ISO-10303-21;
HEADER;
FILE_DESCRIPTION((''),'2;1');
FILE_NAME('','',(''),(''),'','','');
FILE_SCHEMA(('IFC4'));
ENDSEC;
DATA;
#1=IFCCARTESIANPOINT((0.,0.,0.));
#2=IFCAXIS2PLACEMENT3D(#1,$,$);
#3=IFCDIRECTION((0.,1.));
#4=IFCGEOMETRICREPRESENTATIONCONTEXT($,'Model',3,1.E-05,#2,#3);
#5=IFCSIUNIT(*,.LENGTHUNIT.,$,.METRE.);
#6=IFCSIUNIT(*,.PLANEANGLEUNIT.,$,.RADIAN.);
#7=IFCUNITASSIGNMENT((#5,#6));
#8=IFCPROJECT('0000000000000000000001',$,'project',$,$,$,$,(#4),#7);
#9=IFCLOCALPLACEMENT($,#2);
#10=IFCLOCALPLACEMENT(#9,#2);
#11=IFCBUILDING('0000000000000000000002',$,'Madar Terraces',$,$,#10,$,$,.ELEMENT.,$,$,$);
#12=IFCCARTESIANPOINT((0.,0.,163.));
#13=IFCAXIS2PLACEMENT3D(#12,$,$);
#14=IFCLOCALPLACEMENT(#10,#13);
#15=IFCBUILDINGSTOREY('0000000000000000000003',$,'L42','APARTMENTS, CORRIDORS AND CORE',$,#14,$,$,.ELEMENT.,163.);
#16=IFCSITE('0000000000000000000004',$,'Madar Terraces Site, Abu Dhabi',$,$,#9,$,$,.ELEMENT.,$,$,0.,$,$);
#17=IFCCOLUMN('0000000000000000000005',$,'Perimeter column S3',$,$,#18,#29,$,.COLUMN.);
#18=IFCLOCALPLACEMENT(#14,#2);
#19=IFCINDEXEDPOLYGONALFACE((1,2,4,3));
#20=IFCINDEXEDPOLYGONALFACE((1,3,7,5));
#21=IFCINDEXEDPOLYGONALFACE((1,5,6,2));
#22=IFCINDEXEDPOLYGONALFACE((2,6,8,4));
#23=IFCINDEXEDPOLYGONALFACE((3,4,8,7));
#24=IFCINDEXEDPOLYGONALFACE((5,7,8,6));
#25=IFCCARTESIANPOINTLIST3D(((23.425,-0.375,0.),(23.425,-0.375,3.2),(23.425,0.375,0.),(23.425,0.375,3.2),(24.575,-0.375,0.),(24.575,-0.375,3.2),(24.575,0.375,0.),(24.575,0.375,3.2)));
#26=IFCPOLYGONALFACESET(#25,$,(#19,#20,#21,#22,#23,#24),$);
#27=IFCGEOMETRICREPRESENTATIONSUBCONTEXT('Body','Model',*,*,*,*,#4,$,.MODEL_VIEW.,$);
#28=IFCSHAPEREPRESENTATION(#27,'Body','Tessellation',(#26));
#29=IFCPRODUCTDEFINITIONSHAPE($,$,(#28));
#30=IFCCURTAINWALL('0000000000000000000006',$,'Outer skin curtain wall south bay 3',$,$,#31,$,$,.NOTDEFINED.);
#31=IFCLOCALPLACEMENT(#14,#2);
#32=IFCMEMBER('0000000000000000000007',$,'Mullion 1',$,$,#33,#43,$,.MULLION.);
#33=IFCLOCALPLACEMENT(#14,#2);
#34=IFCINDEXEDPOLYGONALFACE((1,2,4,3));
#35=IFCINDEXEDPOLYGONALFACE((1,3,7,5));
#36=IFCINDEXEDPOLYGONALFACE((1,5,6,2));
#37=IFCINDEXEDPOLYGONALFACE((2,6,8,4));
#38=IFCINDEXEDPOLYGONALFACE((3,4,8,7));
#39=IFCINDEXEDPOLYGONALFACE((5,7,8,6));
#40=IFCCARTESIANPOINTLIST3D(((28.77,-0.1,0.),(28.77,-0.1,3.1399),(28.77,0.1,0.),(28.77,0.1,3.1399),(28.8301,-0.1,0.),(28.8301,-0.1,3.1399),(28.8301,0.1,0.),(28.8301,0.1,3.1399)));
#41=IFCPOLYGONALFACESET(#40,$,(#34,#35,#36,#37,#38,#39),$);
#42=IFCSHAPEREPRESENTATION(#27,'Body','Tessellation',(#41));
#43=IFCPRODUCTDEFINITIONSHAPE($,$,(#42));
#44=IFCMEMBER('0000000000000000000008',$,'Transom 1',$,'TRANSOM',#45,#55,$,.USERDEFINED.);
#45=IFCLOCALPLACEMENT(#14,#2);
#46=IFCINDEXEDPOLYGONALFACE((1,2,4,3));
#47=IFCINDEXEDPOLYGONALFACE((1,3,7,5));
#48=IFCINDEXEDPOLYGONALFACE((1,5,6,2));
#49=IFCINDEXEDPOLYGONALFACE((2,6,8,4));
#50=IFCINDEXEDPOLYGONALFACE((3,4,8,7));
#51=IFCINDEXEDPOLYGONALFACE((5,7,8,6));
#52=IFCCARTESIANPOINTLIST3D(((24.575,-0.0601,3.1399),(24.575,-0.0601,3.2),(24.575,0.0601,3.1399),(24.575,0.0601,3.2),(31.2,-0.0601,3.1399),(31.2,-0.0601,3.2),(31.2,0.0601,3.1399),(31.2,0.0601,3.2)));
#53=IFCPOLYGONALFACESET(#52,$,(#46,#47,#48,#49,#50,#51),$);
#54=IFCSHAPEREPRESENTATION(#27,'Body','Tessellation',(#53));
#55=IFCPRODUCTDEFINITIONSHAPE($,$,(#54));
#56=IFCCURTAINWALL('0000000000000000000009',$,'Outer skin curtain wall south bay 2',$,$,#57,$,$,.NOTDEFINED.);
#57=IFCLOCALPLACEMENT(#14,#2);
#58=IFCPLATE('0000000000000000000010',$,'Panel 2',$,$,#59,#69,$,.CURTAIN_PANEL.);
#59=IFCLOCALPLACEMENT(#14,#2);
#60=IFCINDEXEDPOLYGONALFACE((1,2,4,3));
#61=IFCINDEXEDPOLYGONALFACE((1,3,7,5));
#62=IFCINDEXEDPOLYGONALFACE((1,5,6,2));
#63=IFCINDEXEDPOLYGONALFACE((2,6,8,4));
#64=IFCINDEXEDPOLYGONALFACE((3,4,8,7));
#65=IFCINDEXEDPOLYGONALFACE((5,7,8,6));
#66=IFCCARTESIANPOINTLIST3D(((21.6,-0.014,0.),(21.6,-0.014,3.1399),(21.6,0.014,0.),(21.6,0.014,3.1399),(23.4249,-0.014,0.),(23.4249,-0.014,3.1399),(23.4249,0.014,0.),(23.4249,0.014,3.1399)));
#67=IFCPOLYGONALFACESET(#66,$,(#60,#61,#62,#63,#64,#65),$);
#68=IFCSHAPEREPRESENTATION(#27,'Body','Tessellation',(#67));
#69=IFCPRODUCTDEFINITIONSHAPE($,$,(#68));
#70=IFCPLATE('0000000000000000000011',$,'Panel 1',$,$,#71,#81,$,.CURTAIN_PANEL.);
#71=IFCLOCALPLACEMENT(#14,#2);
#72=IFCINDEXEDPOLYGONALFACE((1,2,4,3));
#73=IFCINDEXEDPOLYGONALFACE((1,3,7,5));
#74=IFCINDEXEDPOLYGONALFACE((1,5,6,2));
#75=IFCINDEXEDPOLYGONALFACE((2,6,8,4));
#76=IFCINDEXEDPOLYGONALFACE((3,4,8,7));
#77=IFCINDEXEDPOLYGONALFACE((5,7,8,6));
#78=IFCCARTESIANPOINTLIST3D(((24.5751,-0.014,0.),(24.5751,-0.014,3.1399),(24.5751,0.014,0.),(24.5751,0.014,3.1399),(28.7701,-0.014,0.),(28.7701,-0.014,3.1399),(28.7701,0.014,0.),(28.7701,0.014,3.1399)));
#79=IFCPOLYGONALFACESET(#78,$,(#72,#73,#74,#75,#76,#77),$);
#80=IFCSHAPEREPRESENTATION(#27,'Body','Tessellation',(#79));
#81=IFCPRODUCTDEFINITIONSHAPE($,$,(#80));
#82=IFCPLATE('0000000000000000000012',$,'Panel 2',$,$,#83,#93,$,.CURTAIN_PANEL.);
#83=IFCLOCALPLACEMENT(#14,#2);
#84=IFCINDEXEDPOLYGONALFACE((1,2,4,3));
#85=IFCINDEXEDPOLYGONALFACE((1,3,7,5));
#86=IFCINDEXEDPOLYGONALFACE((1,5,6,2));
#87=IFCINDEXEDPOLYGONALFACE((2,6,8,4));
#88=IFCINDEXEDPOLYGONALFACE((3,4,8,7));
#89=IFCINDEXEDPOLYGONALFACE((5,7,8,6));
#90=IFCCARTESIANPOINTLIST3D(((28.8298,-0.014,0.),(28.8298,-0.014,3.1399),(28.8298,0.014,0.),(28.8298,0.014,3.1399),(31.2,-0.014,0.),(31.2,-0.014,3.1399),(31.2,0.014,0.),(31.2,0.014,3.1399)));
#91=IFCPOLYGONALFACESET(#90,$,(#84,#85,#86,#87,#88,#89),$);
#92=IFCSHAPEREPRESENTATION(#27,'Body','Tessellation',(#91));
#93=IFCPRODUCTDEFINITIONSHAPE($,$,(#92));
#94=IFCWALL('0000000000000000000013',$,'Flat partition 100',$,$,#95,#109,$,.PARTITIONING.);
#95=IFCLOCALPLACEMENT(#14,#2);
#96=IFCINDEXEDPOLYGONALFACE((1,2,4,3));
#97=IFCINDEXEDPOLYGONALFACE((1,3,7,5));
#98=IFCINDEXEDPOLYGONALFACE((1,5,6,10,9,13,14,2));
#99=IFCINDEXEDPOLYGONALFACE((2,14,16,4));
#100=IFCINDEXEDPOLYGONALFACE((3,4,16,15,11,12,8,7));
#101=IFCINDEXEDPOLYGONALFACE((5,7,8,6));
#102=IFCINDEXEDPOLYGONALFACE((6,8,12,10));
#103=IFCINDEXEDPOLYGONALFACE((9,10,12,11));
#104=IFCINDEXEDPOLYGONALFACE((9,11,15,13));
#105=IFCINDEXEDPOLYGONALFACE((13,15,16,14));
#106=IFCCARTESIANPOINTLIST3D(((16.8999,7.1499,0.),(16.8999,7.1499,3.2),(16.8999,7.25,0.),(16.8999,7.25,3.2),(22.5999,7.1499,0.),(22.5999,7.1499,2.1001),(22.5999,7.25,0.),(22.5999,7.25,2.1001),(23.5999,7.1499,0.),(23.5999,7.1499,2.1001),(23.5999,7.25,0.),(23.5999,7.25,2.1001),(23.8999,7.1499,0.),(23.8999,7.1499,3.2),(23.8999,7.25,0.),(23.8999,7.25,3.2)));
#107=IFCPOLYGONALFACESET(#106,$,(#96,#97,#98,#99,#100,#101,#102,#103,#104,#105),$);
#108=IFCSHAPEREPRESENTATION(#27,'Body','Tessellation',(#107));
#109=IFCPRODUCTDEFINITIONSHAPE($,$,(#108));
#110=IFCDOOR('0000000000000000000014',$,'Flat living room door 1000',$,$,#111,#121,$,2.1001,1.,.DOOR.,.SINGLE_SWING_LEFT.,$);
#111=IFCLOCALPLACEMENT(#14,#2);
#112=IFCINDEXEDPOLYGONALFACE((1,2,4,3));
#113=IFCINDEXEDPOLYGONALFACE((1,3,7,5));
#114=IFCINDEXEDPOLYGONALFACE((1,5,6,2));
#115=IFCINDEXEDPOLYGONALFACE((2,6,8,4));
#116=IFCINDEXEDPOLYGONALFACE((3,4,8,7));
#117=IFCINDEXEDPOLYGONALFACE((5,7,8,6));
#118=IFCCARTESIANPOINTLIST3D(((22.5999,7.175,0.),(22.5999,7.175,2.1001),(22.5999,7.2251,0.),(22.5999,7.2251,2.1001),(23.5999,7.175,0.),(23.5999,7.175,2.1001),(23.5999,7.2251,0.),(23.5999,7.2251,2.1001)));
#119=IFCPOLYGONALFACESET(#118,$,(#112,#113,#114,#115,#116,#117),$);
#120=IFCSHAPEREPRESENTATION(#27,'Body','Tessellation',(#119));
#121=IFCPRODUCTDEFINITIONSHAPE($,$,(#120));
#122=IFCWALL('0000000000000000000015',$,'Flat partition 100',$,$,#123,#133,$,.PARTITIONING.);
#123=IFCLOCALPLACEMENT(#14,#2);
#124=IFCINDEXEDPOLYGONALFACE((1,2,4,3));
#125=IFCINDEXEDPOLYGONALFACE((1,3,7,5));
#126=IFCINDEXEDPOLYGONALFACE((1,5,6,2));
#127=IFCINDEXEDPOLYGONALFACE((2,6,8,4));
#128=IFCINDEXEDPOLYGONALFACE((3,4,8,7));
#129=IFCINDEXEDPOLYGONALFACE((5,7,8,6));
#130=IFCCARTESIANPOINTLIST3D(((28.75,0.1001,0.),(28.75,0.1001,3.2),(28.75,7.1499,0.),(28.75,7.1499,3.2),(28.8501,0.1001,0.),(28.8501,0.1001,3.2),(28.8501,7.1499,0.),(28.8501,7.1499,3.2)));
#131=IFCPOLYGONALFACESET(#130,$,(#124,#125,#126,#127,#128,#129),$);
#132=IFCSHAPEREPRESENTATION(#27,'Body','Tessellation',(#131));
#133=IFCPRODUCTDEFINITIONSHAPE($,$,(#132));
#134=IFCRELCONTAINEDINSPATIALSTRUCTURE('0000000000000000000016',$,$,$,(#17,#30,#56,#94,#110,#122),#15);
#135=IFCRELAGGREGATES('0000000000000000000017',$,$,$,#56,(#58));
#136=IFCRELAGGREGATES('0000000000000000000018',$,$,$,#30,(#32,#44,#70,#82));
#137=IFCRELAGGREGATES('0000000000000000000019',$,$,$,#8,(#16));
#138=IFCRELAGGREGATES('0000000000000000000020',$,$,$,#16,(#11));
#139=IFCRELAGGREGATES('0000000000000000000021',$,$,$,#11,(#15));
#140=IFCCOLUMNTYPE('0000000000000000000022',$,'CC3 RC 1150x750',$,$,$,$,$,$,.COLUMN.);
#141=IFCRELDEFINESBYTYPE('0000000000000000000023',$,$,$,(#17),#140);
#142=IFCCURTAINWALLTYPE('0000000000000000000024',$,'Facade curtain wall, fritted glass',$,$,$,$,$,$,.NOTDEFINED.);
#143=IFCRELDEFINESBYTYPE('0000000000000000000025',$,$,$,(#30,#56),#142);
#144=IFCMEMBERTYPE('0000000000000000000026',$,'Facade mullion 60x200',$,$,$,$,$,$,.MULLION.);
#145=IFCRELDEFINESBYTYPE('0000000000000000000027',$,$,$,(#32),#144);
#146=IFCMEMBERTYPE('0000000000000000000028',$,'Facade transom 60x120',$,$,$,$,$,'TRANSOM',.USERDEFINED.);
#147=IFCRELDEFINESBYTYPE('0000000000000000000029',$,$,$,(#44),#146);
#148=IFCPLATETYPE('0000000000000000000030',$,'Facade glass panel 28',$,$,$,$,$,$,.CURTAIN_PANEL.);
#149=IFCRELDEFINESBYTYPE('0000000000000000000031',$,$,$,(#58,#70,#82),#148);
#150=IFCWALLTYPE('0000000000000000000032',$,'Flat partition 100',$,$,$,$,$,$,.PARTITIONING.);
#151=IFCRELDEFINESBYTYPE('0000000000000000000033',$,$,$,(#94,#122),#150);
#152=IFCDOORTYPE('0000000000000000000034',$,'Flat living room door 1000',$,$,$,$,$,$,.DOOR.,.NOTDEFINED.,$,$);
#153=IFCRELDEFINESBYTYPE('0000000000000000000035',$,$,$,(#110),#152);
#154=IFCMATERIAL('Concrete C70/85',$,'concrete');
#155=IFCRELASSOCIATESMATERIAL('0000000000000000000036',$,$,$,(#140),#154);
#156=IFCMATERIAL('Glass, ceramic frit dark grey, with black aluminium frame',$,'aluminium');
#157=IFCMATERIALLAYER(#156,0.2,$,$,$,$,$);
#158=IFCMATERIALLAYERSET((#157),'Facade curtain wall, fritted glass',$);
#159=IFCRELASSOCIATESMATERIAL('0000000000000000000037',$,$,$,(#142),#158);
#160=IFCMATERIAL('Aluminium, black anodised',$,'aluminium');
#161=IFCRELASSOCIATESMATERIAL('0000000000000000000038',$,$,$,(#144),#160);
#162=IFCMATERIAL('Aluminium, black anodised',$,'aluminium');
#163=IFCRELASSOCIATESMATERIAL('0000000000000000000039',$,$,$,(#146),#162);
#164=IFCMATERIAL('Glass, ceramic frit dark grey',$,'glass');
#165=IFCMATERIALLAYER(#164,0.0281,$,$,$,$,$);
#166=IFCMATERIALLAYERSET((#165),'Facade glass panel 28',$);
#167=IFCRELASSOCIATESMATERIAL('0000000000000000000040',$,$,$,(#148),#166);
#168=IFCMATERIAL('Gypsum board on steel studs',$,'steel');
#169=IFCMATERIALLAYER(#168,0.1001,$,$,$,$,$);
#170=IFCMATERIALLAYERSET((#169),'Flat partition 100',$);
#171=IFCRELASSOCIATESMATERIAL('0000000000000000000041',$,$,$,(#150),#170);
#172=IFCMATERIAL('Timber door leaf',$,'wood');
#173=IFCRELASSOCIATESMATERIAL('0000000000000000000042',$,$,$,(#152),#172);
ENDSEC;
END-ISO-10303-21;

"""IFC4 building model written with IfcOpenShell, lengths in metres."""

from ifc_helpers import new_model, si_unit, direction, frame, frame_2d, origin, origin_2d, place, context, subcontext, project, spatial, rectangle, extrude, material, layer, layer_set, material_profile, profile_set, type_object, element, fill, aggregate, save


model = new_model("IFC4")

# Units and contexts
model_context = context("Model", 3, precision=1e-05, world=origin(), true_north=direction((0.0, 1.0)))
body_context = subcontext(model_context, "Body", "Model", "MODEL_VIEW")
ifc_project = project(units=[si_unit("LENGTHUNIT", "METRE"), si_unit("PLANEANGLEUNIT", "RADIAN")], contexts=[model_context])

# Site, building, storey
site_placement = place(None, origin())
site = spatial("IfcSite", under=ifc_project, at=site_placement, Name="Madar Terraces Site, Abu Dhabi", CompositionType="ELEMENT", RefElevation=0.0)
building_placement = place(site_placement, origin())
building = spatial("IfcBuilding", under=site, at=building_placement, Name="Madar Terraces", CompositionType="ELEMENT")
storey_placement = place(building_placement, frame((0.0, 0.0, 163.0)))
storey = spatial("IfcBuildingStorey", under=building, at=storey_placement, Name="L42", Description="APARTMENTS, CORRIDORS AND CORE", CompositionType="ELEMENT", Elevation=163.0)

# Column
ifc_material_1 = material(Name="Concrete C70/85", Category="concrete")
ifc_material_profile_1 = material_profile(ifc_material_1, rectangle(XDim=1.1499, YDim=0.75, at=origin_2d()), Name="CC3 RC 1150x750")
ifc_profile_set_1 = profile_set([ifc_material_profile_1], Name="Concrete C70/85")
column_type = type_object("IfcColumnType", Name="CC3 RC 1150x750", PredefinedType="COLUMN", material=ifc_profile_set_1)
column_placement = place(storey_placement, frame((24.0, 0.0, 0.0), z_axis=(0.0, 0.0, 1.0), x_axis=(1.0, 0.0, 0.0)))
element("IfcColumn", 1, at=column_placement, inside=storey, type_object=column_type, Name="Perimeter column S3", PredefinedType="COLUMN", context=body_context, shape_type="SweptSolid", body=[
    extrude(rectangle(XDim=1.1499, YDim=0.75, at=origin_2d()), origin(), (0.0, 0.0, 1.0), 3.2),
])

# Curtain wall, members
ifc_material_2 = material(Name="Glass, ceramic frit dark grey, with black aluminium frame", Category="aluminium")
ifc_layer_1 = layer(ifc_material_2, 0.2)
ifc_layer_set_1 = layer_set([ifc_layer_1], Name="Facade curtain wall, fritted glass")
curtain_wall_type = type_object("IfcCurtainWallType", Name="Facade curtain wall, fritted glass", PredefinedType="NOTDEFINED", material=ifc_layer_set_1)
curtain_wall_1_placement = place(storey_placement, origin())
curtain_wall_1 = element("IfcCurtainWall", 2, at=curtain_wall_1_placement, inside=storey, type_object=curtain_wall_type, Name="Outer skin curtain wall south bay 3", PredefinedType="NOTDEFINED")
ifc_material_3 = material(Name="Aluminium, black anodised", Category="aluminium")
ifc_material_profile_2 = material_profile(ifc_material_3, rectangle(XDim=0.2, YDim=0.0601, at=origin_2d()), Name="Facade mullion 60x200")
ifc_profile_set_2 = profile_set([ifc_material_profile_2], Name="Aluminium, black anodised")
member_type_1 = type_object("IfcMemberType", Name="Facade mullion 60x200", PredefinedType="MULLION", material=ifc_profile_set_2)
member_1_placement = place(storey_placement, frame((28.8, 0.0, 0.0), z_axis=(0.0, 0.0, 1.0), x_axis=(0.0, 1.0, 0.0)))
member_1 = element("IfcMember", 3, at=member_1_placement, type_object=member_type_1, Name="Mullion 1", PredefinedType="MULLION", context=body_context, shape_type="SweptSolid", body=[
    extrude(rectangle(XDim=0.2, YDim=0.0601, at=origin_2d()), origin(), (0.0, 0.0, 1.0), 3.1399),
])
ifc_material_4 = material(Name="Aluminium, black anodised", Category="aluminium")
ifc_material_profile_3 = material_profile(ifc_material_4, rectangle(XDim=0.1201, YDim=0.0601, at=origin_2d()), Name="Facade transom 60x120")
ifc_profile_set_3 = profile_set([ifc_material_profile_3], Name="Aluminium, black anodised")
member_type_2 = type_object("IfcMemberType", Name="Facade transom 60x120", ElementType="TRANSOM", PredefinedType="USERDEFINED", material=ifc_profile_set_3)
member_2_placement = place(storey_placement, frame((24.575, 0.0, 3.1699), z_axis=(1.0, 0.0, 0.0), x_axis=(0.0, 1.0, 0.0)))
member_2 = element("IfcMember", 4, at=member_2_placement, type_object=member_type_2, Name="Transom 1", ObjectType="TRANSOM", PredefinedType="USERDEFINED", context=body_context, shape_type="SweptSolid", body=[
    extrude(rectangle(XDim=0.1201, YDim=0.0601, at=origin_2d()), origin(), (0.0, 0.0, 1.0), 6.625),
])

# Curtain wall, plate
curtain_wall_2_placement = place(storey_placement, origin())
curtain_wall_2 = element("IfcCurtainWall", 5, at=curtain_wall_2_placement, inside=storey, type_object=curtain_wall_type, Name="Outer skin curtain wall south bay 2", PredefinedType="NOTDEFINED")
ifc_material_5 = material(Name="Glass, ceramic frit dark grey", Category="glass")
ifc_layer_2 = layer(ifc_material_5, 0.0281)
ifc_layer_set_2 = layer_set([ifc_layer_2], Name="Facade glass panel 28")
plate_type = type_object("IfcPlateType", Name="Facade glass panel 28", PredefinedType="CURTAIN_PANEL", material=ifc_layer_set_2)
plate_1_placement = place(storey_placement, frame((22.5125, 0.0, 0.0), z_axis=(0.0, 0.0, 1.0), x_axis=(1.0, 0.0, 0.0)))
plate_1 = element("IfcPlate", 6, at=plate_1_placement, type_object=plate_type, Name="Panel 2", PredefinedType="CURTAIN_PANEL", context=body_context, shape_type="SweptSolid", body=[
    extrude(rectangle(XDim=1.825, YDim=0.0281, at=origin_2d()), origin(), (0.0, 0.0, 1.0), 3.1399),
])
aggregate(curtain_wall_2, [plate_1])

# Plates
plate_2_placement = place(storey_placement, frame((26.6726, 0.0, 0.0), z_axis=(0.0, 0.0, 1.0), x_axis=(1.0, 0.0, 0.0)))
plate_2 = element("IfcPlate", 7, at=plate_2_placement, type_object=plate_type, Name="Panel 1", PredefinedType="CURTAIN_PANEL", context=body_context, shape_type="SweptSolid", body=[
    extrude(rectangle(XDim=4.1951, YDim=0.0281, at=origin_2d()), origin(), (0.0, 0.0, 1.0), 3.1399),
])
plate_3_placement = place(storey_placement, frame((30.0149, 0.0, 0.0), z_axis=(0.0, 0.0, 1.0), x_axis=(1.0, 0.0, 0.0)))
plate_3 = element("IfcPlate", 8, at=plate_3_placement, type_object=plate_type, Name="Panel 2", PredefinedType="CURTAIN_PANEL", context=body_context, shape_type="SweptSolid", body=[
    extrude(rectangle(XDim=2.3701, YDim=0.0281, at=origin_2d()), origin(), (0.0, 0.0, 1.0), 3.1399),
])
aggregate(curtain_wall_1, [member_1, member_2, plate_2, plate_3])

# Wall, opening, door
ifc_material_6 = material(Name="Gypsum board on steel studs", Category="steel")
ifc_layer_3 = layer(ifc_material_6, 0.1001)
ifc_layer_set_3 = layer_set([ifc_layer_3], Name="Flat partition 100")
wall_type_1 = type_object("IfcWallType", Name="Flat partition 100", PredefinedType="PARTITIONING", material=ifc_layer_set_3)
wall_1_placement = place(storey_placement, frame((23.8999, 7.2, 0.0), z_axis=(0.0, 0.0, 1.0), x_axis=(-1.0, 0.0, 0.0)))
wall_1 = element("IfcWall", 9, at=wall_1_placement, inside=storey, type_object=wall_type_1, Name="Flat partition 100", PredefinedType="PARTITIONING", context=body_context, shape_type="SweptSolid", body=[
    extrude(rectangle(XDim=7.0, YDim=0.1001, at=frame_2d((3.5, 0.0))), origin(), (0.0, 0.0, 1.0), 3.2),
])
opening_1_placement = place(wall_1_placement, frame((0.3, 0.0, 0.0)))
opening_1 = element("IfcOpeningElement", 10, at=opening_1_placement, cuts=wall_1, PredefinedType="OPENING", context=body_context, shape_type="SweptSolid", body=[
    extrude(rectangle(XDim=1.0, YDim=2.1001, at=frame_2d((0.5, 1.05))), frame((0.0, 0.0601, 0.0), z_axis=(0.0, -1.0, 0.0), x_axis=(1.0, 0.0, 0.0)), (0.0, 0.0, 1.0), 0.1201),
])
ifc_material_7 = material(Name="Timber door leaf", Category="wood")
door_type_1 = type_object("IfcDoorType", Name="Flat living room door 1000", OperationType="NOTDEFINED", PredefinedType="DOOR", material=ifc_material_7)
door_1_placement = place(opening_1_placement, origin())
door_1 = element("IfcDoor", 11, at=door_1_placement, inside=storey, type_object=door_type_1, Name="Flat living room door 1000", OperationType="SINGLE_SWING_LEFT", OverallHeight=2.1001, OverallWidth=1.0, PredefinedType="DOOR", context=body_context, shape_type="SweptSolid", body=[
    extrude(rectangle(XDim=1.0, YDim=2.1001, at=frame_2d((0.5, 1.05))), frame((0.0, 0.0249, 0.0), z_axis=(0.0, -1.0, 0.0), x_axis=(1.0, 0.0, 0.0)), (0.0, 0.0, 1.0), 0.05),
])
fill(opening_1, door_1)

# Wall
wall_2_placement = place(storey_placement, frame((28.8, 7.1499, 0.0), z_axis=(0.0, 0.0, 1.0), x_axis=(0.0, -1.0, 0.0)))
element("IfcWall", 12, at=wall_2_placement, inside=storey, type_object=wall_type_1, Name="Flat partition 100", PredefinedType="PARTITIONING", context=body_context, shape_type="SweptSolid", body=[
    extrude(rectangle(XDim=7.0498, YDim=0.1001, at=frame_2d((3.5249, 0.0))), origin(), (0.0, 0.0, 1.0), 3.2),
])

save(model, "model.ifc")
